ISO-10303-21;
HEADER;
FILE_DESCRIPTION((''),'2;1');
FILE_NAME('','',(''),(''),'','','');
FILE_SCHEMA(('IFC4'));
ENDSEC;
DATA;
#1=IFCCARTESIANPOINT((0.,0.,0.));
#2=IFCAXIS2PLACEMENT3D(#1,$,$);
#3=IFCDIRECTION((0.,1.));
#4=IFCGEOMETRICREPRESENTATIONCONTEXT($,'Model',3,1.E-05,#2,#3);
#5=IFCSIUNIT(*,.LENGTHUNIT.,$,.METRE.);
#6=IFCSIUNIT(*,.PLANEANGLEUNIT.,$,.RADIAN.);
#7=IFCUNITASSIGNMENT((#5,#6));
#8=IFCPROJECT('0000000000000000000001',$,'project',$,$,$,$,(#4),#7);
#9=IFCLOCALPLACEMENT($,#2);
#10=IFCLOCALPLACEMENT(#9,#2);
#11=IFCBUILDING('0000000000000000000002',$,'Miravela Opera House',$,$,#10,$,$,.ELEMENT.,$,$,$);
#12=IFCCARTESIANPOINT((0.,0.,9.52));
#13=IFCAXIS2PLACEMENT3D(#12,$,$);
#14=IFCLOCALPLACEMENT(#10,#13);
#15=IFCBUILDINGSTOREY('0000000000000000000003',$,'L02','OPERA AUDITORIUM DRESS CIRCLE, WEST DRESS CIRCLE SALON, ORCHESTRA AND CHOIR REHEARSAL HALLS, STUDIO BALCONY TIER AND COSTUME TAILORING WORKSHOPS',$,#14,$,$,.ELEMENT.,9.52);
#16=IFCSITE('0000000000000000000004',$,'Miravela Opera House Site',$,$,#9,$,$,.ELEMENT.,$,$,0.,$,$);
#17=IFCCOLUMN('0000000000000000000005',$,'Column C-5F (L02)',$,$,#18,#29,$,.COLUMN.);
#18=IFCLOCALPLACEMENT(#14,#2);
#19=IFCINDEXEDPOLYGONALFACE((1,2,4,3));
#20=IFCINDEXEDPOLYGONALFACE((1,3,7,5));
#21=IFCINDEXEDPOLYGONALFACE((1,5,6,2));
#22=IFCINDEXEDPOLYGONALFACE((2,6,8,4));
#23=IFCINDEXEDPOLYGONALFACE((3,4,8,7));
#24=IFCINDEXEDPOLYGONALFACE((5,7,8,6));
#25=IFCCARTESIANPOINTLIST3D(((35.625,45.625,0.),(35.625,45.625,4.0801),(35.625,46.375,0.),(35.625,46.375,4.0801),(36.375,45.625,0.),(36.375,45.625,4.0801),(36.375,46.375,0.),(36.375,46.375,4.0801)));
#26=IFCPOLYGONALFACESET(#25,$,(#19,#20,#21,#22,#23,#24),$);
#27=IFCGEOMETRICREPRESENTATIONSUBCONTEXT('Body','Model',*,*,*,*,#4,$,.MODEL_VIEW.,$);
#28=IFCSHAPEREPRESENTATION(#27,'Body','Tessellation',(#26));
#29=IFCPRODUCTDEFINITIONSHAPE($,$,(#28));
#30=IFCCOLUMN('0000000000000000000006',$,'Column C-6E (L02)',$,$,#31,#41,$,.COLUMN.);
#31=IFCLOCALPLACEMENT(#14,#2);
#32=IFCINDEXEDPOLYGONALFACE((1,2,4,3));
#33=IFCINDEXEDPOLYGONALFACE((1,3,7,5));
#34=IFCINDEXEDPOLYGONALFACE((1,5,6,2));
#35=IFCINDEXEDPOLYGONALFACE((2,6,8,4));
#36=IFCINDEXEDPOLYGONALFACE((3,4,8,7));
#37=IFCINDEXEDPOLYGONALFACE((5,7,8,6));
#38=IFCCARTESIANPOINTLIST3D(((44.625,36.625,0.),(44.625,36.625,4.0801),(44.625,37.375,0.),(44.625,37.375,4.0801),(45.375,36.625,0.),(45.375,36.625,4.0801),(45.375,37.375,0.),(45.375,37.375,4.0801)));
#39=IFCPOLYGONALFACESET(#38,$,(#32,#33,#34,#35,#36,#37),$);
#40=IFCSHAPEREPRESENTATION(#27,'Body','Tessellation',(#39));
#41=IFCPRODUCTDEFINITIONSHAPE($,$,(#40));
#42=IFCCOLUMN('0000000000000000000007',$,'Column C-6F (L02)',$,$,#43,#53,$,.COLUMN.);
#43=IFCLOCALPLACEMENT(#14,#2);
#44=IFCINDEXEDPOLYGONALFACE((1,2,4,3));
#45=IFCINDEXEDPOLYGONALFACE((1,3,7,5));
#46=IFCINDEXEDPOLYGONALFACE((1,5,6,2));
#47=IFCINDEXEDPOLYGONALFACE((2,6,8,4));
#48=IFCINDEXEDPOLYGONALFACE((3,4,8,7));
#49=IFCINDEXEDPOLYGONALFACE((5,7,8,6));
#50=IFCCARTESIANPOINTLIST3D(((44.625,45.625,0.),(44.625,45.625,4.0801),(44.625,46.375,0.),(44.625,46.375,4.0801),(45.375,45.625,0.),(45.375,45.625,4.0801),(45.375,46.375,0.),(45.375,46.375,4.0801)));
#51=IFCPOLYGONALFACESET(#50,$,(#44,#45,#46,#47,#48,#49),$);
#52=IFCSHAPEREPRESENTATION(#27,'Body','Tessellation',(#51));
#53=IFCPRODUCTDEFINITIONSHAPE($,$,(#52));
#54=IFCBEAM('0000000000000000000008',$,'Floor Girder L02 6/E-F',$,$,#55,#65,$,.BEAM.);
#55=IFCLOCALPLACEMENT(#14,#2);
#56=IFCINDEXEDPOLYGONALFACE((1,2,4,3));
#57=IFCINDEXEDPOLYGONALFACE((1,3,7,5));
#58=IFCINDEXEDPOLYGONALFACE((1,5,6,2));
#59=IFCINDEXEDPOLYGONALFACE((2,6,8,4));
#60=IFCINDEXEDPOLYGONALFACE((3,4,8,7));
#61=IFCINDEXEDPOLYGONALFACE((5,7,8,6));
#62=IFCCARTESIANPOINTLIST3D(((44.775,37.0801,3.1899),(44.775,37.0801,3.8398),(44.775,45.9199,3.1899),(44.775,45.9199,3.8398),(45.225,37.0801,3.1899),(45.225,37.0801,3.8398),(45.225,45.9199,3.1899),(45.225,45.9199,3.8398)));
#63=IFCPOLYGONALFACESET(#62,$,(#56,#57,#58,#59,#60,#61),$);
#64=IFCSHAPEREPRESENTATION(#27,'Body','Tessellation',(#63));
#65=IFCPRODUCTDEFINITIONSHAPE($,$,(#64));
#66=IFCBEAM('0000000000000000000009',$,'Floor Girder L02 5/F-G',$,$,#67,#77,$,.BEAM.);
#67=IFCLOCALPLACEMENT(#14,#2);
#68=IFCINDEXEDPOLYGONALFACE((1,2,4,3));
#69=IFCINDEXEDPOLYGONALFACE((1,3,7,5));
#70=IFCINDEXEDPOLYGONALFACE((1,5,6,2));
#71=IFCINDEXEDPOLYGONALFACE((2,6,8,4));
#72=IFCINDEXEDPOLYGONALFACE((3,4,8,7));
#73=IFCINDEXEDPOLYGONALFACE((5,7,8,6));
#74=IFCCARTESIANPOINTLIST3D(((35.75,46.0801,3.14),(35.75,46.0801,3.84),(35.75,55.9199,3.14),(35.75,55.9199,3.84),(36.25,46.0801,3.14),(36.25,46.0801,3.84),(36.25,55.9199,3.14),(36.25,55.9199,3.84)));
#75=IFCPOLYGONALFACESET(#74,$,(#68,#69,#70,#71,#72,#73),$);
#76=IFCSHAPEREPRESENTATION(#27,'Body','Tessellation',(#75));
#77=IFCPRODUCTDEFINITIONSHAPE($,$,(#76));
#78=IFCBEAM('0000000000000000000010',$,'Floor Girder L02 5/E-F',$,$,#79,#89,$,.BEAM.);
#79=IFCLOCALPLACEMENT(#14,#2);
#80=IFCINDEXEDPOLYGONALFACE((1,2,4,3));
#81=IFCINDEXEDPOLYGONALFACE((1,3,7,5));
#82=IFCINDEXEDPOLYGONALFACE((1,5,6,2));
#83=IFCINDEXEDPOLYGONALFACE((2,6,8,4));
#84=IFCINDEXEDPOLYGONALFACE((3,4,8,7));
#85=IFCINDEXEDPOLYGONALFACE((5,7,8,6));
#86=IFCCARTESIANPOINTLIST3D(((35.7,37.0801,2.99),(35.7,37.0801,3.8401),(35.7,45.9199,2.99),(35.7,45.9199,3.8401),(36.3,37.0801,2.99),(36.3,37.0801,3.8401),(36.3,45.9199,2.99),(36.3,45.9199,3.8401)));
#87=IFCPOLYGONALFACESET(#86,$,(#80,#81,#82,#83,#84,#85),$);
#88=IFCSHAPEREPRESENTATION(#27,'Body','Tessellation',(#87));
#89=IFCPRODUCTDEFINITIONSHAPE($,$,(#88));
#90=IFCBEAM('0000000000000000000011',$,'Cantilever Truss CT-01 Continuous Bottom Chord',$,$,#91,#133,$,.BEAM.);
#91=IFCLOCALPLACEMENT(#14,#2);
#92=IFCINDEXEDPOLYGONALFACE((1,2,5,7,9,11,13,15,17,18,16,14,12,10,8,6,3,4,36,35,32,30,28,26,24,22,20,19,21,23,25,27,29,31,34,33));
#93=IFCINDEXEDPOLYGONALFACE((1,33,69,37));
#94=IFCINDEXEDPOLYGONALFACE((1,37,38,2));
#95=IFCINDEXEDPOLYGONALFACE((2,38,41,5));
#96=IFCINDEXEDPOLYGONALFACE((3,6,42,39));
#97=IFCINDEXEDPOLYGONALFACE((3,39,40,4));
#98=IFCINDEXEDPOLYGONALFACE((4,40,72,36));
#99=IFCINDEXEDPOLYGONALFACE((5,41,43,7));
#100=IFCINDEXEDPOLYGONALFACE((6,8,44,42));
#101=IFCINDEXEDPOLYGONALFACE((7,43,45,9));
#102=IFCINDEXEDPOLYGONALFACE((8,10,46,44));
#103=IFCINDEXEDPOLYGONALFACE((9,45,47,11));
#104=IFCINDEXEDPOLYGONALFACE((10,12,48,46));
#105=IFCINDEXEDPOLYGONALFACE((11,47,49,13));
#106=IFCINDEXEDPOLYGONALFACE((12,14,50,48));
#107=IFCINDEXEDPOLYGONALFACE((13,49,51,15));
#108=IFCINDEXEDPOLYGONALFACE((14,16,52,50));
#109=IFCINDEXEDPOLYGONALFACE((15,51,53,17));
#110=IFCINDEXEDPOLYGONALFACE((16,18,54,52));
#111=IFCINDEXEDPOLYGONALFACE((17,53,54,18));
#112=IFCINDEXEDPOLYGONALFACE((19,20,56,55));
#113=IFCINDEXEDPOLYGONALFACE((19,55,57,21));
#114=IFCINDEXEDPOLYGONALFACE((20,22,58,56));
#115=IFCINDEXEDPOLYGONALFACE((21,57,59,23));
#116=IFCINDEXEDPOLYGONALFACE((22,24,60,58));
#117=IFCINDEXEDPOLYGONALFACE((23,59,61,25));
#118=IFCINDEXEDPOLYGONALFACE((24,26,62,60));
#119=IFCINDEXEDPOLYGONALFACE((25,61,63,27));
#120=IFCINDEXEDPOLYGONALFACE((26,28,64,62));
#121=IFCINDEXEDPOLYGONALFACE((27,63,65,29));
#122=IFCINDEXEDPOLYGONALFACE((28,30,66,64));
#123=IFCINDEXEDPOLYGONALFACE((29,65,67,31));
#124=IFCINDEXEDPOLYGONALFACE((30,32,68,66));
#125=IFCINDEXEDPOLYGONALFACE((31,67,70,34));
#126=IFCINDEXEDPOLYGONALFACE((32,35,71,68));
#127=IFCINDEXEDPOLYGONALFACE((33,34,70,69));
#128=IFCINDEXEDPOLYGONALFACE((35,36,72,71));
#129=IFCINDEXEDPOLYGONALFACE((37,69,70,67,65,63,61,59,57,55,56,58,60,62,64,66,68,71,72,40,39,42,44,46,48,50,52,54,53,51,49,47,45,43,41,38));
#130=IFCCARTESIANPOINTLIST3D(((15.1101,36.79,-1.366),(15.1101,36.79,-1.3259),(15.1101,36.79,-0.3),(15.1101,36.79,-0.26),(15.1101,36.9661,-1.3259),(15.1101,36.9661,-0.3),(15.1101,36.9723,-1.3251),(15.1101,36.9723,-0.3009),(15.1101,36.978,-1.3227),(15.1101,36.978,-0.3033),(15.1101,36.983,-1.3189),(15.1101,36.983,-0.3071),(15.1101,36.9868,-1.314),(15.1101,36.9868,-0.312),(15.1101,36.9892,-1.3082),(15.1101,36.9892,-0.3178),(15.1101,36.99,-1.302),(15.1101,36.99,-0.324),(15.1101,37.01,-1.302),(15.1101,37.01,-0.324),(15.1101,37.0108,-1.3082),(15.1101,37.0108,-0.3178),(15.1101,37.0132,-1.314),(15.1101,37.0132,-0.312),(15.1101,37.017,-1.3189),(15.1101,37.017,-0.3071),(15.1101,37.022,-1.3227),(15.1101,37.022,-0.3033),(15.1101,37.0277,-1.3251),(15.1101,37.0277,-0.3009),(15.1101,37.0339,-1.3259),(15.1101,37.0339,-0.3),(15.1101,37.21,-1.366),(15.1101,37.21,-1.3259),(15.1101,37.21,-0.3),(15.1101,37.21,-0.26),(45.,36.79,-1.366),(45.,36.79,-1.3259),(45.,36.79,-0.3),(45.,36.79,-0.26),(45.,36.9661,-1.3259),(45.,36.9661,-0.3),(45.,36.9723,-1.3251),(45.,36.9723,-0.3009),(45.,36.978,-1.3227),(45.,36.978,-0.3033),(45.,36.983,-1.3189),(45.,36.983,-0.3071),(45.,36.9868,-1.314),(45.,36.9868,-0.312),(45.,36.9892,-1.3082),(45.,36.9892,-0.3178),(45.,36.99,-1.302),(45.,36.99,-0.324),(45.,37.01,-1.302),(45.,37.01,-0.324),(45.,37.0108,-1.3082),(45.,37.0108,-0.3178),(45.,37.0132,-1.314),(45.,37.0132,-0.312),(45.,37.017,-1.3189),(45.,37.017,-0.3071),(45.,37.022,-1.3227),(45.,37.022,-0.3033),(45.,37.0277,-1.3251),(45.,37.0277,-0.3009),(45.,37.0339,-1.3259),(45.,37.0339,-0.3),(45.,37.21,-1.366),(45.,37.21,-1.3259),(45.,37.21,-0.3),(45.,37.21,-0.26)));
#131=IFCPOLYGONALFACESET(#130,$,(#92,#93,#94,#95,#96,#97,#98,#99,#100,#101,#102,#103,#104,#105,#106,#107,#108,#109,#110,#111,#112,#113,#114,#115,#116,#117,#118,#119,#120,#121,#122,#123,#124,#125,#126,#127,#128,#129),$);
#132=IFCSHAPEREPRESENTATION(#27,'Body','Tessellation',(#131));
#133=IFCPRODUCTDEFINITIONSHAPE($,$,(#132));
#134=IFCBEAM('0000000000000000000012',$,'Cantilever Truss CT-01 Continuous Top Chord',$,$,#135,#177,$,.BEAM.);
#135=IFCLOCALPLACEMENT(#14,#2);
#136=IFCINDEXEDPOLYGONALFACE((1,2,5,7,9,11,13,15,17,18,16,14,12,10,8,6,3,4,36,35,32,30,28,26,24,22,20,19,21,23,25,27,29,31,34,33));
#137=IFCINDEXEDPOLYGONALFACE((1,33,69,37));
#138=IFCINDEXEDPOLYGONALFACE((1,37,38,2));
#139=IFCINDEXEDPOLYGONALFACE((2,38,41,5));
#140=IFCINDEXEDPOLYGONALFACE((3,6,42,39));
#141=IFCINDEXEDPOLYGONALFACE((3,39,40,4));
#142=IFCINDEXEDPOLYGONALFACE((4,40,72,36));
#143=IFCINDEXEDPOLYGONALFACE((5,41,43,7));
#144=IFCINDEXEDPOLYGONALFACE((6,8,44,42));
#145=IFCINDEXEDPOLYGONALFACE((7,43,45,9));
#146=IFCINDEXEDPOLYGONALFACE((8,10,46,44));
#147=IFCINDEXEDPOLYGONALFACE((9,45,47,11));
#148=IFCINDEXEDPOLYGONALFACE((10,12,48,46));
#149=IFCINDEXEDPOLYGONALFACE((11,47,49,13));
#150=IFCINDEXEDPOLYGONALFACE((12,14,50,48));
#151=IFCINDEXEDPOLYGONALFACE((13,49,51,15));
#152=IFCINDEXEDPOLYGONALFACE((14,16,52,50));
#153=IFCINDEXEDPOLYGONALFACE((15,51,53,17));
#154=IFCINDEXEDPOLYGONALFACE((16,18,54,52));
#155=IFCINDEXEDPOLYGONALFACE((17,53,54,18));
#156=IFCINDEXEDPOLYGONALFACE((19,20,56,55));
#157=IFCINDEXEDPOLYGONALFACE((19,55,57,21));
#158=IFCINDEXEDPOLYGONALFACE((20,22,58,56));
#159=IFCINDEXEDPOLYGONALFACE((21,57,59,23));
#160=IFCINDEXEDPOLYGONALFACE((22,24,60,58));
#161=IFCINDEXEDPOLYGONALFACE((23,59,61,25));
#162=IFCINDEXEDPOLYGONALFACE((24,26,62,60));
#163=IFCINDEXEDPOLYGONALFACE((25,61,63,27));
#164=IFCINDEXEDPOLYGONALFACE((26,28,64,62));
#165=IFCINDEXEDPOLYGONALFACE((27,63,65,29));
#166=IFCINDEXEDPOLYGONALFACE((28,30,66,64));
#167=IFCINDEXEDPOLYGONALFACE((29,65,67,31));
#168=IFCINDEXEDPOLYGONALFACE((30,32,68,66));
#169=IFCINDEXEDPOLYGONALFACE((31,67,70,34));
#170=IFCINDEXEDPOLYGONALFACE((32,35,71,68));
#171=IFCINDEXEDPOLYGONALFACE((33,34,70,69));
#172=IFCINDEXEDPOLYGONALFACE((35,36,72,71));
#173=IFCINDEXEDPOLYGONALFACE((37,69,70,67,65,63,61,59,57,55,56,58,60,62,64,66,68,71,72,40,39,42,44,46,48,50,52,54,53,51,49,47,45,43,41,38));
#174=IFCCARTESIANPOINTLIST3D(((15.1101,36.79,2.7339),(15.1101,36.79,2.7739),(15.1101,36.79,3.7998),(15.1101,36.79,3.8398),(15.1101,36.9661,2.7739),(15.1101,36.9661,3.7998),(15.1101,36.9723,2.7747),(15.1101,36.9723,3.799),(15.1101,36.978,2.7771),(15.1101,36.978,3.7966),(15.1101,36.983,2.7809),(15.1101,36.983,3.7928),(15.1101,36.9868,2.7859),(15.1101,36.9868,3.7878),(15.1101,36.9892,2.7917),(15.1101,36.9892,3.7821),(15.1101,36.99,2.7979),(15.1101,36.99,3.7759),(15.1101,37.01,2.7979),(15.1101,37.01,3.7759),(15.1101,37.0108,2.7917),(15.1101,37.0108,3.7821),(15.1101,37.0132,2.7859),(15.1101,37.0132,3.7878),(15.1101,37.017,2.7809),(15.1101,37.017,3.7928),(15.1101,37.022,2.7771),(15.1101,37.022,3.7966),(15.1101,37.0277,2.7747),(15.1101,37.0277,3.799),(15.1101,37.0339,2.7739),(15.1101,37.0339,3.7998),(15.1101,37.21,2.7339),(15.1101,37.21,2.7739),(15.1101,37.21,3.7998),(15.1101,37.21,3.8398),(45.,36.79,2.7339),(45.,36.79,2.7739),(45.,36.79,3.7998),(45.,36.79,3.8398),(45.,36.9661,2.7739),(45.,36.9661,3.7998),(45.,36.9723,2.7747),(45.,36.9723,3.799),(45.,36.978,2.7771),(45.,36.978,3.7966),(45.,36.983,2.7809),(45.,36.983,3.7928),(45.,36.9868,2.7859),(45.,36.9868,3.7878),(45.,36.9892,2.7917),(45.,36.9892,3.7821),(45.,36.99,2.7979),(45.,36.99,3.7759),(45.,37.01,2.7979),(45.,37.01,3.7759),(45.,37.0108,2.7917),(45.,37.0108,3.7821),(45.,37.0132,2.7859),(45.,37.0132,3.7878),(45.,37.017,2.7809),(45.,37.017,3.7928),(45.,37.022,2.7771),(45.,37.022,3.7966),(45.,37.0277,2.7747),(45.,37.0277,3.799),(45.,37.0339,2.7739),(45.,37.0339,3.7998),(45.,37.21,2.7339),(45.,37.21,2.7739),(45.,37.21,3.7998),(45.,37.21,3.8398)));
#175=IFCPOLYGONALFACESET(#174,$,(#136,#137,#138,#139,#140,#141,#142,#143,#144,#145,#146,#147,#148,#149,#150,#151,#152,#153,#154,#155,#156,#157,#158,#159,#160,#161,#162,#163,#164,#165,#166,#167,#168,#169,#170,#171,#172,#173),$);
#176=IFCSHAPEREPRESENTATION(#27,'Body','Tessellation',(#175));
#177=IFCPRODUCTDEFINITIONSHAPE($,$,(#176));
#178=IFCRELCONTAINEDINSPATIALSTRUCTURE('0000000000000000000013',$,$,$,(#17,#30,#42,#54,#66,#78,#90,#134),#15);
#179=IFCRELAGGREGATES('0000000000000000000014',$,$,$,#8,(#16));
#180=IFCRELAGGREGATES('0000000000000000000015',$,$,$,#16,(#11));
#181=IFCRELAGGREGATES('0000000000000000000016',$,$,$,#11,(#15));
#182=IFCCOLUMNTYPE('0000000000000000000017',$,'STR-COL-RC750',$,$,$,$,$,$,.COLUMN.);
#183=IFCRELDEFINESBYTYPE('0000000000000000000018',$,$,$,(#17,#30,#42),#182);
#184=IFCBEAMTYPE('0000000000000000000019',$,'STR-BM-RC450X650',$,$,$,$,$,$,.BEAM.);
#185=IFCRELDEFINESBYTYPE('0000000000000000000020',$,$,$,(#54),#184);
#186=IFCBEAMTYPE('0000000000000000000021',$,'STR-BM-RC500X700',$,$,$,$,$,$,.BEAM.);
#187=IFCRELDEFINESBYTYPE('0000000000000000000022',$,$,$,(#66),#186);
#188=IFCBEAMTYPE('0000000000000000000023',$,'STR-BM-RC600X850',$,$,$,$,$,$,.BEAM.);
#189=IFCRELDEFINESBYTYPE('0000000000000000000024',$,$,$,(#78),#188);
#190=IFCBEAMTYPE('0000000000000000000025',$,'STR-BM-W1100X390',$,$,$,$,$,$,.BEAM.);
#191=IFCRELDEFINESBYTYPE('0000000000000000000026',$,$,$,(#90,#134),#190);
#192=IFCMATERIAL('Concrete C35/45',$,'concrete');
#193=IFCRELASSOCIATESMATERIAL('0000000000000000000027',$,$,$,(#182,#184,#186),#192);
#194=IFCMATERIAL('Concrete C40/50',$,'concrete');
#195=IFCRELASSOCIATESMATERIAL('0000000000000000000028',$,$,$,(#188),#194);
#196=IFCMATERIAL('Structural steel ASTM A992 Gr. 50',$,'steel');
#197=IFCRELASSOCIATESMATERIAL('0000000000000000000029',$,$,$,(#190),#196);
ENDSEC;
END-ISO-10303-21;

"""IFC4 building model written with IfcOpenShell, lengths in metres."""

from ifc_helpers import new_model, si_unit, direction, frame, origin, origin_2d, place, context, subcontext, project, spatial, rectangle, i_section, extrude, material, material_profile, profile_set, type_object, element, save


model = new_model("IFC4")

# Units and contexts
model_context = context("Model", 3, precision=1e-05, world=origin(), true_north=direction((0.0, 1.0)))
body_context = subcontext(model_context, "Body", "Model", "MODEL_VIEW")
ifc_project = project(units=[si_unit("LENGTHUNIT", "METRE"), si_unit("PLANEANGLEUNIT", "RADIAN")], contexts=[model_context])

# Site, building, storey
site_placement = place(None, origin())
site = spatial("IfcSite", under=ifc_project, at=site_placement, Name="Miravela Opera House Site", CompositionType="ELEMENT", RefElevation=0.0)
building_placement = place(site_placement, origin())
building = spatial("IfcBuilding", under=site, at=building_placement, Name="Miravela Opera House", CompositionType="ELEMENT")
storey_placement = place(building_placement, frame((0.0, 0.0, 9.52)))
storey = spatial("IfcBuildingStorey", under=building, at=storey_placement, Name="L02", Description="OPERA AUDITORIUM DRESS CIRCLE, WEST DRESS CIRCLE SALON, ORCHESTRA AND CHOIR REHEARSAL HALLS, STUDIO BALCONY TIER AND COSTUME TAILORING WORKSHOPS", CompositionType="ELEMENT", Elevation=9.52)

# Columns
ifc_material_1 = material(Name="Concrete C35/45", Category="concrete")
ifc_material_profile_1 = material_profile(ifc_material_1, rectangle(XDim=0.75, YDim=0.75, at=origin_2d()), Name="RC-COL-750X750")
ifc_profile_set_1 = profile_set([ifc_material_profile_1])
column_type = type_object("IfcColumnType", Name="STR-COL-RC750", PredefinedType="COLUMN", material=ifc_profile_set_1)
for number, where, z_axis, x_axis, name in (
    (1, (36.0, 46.0, 0.0), (0.0, 0.0, 1.0), (1.0, 0.0, 0.0), "Column C-5F (L02)"),
    (2, (45.0, 37.0, 0.0), (0.0, 0.0, 1.0), (1.0, 0.0, 0.0), "Column C-6E (L02)"),
    (3, (45.0, 46.0, 0.0), (0.0, 0.0, 1.0), (1.0, 0.0, 0.0), "Column C-6F (L02)"),
):
    element("IfcColumn", number, at=place(storey_placement, frame(where, z_axis=z_axis, x_axis=x_axis)), inside=storey, type_object=column_type, Name=name, PredefinedType="COLUMN", context=body_context, shape_type="SweptSolid", body=[
        extrude(rectangle(XDim=0.75, YDim=0.75, at=origin_2d()), origin(), (0.0, 0.0, 1.0), 4.0801),
    ])

# Beams
ifc_material_profile_2 = material_profile(ifc_material_1, rectangle(XDim=0.45, YDim=0.6499, at=origin_2d()), Name="RC-BM-450X650")
ifc_profile_set_2 = profile_set([ifc_material_profile_2])
beam_type_1 = type_object("IfcBeamType", Name="STR-BM-RC450X650", PredefinedType="BEAM", material=ifc_profile_set_2)
beam_1_placement = place(storey_placement, frame((45.0, 37.0801, 3.5149), z_axis=(0.0, 1.0, 0.0), x_axis=(-1.0, 0.0, 0.0)))
element("IfcBeam", 4, at=beam_1_placement, inside=storey, type_object=beam_type_1, Name="Floor Girder L02 6/E-F", PredefinedType="BEAM", context=body_context, shape_type="SweptSolid", body=[
    extrude(rectangle(XDim=0.45, YDim=0.6499, at=origin_2d()), origin(), (0.0, 0.0, 1.0), 8.8398),
])
ifc_material_profile_3 = material_profile(ifc_material_1, rectangle(XDim=0.5, YDim=0.7, at=origin_2d()), Name="RC-BM-500X700")
ifc_profile_set_3 = profile_set([ifc_material_profile_3])
beam_type_2 = type_object("IfcBeamType", Name="STR-BM-RC500X700", PredefinedType="BEAM", material=ifc_profile_set_3)
beam_2_placement = place(storey_placement, frame((36.0, 46.0801, 3.49), z_axis=(0.0, 1.0, 0.0), x_axis=(-1.0, 0.0, 0.0)))
element("IfcBeam", 5, at=beam_2_placement, inside=storey, type_object=beam_type_2, Name="Floor Girder L02 5/F-G", PredefinedType="BEAM", context=body_context, shape_type="SweptSolid", body=[
    extrude(rectangle(XDim=0.5, YDim=0.7, at=origin_2d()), origin(), (0.0, 0.0, 1.0), 9.8398),
])
ifc_material_2 = material(Name="Concrete C40/50", Category="concrete")
ifc_material_profile_4 = material_profile(ifc_material_2, rectangle(XDim=0.6001, YDim=0.8501, at=origin_2d()), Name="RC-BM-600X850")
ifc_profile_set_4 = profile_set([ifc_material_profile_4])
beam_type_3 = type_object("IfcBeamType", Name="STR-BM-RC600X850", PredefinedType="BEAM", material=ifc_profile_set_4)
beam_3_placement = place(storey_placement, frame((36.0, 37.0801, 3.415), z_axis=(0.0, 1.0, 0.0), x_axis=(-1.0, 0.0, 0.0)))
element("IfcBeam", 6, at=beam_3_placement, inside=storey, type_object=beam_type_3, Name="Floor Girder L02 5/E-F", PredefinedType="BEAM", context=body_context, shape_type="SweptSolid", body=[
    extrude(rectangle(XDim=0.6001, YDim=0.8501, at=origin_2d()), origin(), (0.0, 0.0, 1.0), 8.8398),
])
ifc_material_3 = material(Name="Structural steel ASTM A992 Gr. 50", Category="steel")
ifc_material_profile_5 = material_profile(ifc_material_3, i_section(OverallWidth=0.4199, OverallDepth=1.106, WebThickness=0.02, FlangeThickness=0.04, FilletRadius=0.0239, at=origin_2d()), Name="W1100X390")
ifc_profile_set_5 = profile_set([ifc_material_profile_5])
beam_type_4 = type_object("IfcBeamType", Name="STR-BM-W1100X390", PredefinedType="BEAM", material=ifc_profile_set_5)
for number, where, z_axis, x_axis, name in (
    (7, (45.0, 37.0, -0.813), (-1.0, 0.0, 0.0), (0.0, -1.0, 0.0), "Cantilever Truss CT-01 Continuous Bottom Chord"),
    (8, (45.0, 37.0, 3.2869), (-1.0, 0.0, 0.0), (0.0, -1.0, 0.0), "Cantilever Truss CT-01 Continuous Top Chord"),
):
    element("IfcBeam", number, at=place(storey_placement, frame(where, z_axis=z_axis, x_axis=x_axis)), inside=storey, type_object=beam_type_4, Name=name, PredefinedType="BEAM", context=body_context, shape_type="SweptSolid", body=[
        extrude(i_section(OverallWidth=0.4199, OverallDepth=1.106, WebThickness=0.02, FlangeThickness=0.04, FilletRadius=0.0239, at=origin_2d()), origin(), (0.0, 0.0, 1.0), 29.8899),
    ])

save(model, "model.ifc")
